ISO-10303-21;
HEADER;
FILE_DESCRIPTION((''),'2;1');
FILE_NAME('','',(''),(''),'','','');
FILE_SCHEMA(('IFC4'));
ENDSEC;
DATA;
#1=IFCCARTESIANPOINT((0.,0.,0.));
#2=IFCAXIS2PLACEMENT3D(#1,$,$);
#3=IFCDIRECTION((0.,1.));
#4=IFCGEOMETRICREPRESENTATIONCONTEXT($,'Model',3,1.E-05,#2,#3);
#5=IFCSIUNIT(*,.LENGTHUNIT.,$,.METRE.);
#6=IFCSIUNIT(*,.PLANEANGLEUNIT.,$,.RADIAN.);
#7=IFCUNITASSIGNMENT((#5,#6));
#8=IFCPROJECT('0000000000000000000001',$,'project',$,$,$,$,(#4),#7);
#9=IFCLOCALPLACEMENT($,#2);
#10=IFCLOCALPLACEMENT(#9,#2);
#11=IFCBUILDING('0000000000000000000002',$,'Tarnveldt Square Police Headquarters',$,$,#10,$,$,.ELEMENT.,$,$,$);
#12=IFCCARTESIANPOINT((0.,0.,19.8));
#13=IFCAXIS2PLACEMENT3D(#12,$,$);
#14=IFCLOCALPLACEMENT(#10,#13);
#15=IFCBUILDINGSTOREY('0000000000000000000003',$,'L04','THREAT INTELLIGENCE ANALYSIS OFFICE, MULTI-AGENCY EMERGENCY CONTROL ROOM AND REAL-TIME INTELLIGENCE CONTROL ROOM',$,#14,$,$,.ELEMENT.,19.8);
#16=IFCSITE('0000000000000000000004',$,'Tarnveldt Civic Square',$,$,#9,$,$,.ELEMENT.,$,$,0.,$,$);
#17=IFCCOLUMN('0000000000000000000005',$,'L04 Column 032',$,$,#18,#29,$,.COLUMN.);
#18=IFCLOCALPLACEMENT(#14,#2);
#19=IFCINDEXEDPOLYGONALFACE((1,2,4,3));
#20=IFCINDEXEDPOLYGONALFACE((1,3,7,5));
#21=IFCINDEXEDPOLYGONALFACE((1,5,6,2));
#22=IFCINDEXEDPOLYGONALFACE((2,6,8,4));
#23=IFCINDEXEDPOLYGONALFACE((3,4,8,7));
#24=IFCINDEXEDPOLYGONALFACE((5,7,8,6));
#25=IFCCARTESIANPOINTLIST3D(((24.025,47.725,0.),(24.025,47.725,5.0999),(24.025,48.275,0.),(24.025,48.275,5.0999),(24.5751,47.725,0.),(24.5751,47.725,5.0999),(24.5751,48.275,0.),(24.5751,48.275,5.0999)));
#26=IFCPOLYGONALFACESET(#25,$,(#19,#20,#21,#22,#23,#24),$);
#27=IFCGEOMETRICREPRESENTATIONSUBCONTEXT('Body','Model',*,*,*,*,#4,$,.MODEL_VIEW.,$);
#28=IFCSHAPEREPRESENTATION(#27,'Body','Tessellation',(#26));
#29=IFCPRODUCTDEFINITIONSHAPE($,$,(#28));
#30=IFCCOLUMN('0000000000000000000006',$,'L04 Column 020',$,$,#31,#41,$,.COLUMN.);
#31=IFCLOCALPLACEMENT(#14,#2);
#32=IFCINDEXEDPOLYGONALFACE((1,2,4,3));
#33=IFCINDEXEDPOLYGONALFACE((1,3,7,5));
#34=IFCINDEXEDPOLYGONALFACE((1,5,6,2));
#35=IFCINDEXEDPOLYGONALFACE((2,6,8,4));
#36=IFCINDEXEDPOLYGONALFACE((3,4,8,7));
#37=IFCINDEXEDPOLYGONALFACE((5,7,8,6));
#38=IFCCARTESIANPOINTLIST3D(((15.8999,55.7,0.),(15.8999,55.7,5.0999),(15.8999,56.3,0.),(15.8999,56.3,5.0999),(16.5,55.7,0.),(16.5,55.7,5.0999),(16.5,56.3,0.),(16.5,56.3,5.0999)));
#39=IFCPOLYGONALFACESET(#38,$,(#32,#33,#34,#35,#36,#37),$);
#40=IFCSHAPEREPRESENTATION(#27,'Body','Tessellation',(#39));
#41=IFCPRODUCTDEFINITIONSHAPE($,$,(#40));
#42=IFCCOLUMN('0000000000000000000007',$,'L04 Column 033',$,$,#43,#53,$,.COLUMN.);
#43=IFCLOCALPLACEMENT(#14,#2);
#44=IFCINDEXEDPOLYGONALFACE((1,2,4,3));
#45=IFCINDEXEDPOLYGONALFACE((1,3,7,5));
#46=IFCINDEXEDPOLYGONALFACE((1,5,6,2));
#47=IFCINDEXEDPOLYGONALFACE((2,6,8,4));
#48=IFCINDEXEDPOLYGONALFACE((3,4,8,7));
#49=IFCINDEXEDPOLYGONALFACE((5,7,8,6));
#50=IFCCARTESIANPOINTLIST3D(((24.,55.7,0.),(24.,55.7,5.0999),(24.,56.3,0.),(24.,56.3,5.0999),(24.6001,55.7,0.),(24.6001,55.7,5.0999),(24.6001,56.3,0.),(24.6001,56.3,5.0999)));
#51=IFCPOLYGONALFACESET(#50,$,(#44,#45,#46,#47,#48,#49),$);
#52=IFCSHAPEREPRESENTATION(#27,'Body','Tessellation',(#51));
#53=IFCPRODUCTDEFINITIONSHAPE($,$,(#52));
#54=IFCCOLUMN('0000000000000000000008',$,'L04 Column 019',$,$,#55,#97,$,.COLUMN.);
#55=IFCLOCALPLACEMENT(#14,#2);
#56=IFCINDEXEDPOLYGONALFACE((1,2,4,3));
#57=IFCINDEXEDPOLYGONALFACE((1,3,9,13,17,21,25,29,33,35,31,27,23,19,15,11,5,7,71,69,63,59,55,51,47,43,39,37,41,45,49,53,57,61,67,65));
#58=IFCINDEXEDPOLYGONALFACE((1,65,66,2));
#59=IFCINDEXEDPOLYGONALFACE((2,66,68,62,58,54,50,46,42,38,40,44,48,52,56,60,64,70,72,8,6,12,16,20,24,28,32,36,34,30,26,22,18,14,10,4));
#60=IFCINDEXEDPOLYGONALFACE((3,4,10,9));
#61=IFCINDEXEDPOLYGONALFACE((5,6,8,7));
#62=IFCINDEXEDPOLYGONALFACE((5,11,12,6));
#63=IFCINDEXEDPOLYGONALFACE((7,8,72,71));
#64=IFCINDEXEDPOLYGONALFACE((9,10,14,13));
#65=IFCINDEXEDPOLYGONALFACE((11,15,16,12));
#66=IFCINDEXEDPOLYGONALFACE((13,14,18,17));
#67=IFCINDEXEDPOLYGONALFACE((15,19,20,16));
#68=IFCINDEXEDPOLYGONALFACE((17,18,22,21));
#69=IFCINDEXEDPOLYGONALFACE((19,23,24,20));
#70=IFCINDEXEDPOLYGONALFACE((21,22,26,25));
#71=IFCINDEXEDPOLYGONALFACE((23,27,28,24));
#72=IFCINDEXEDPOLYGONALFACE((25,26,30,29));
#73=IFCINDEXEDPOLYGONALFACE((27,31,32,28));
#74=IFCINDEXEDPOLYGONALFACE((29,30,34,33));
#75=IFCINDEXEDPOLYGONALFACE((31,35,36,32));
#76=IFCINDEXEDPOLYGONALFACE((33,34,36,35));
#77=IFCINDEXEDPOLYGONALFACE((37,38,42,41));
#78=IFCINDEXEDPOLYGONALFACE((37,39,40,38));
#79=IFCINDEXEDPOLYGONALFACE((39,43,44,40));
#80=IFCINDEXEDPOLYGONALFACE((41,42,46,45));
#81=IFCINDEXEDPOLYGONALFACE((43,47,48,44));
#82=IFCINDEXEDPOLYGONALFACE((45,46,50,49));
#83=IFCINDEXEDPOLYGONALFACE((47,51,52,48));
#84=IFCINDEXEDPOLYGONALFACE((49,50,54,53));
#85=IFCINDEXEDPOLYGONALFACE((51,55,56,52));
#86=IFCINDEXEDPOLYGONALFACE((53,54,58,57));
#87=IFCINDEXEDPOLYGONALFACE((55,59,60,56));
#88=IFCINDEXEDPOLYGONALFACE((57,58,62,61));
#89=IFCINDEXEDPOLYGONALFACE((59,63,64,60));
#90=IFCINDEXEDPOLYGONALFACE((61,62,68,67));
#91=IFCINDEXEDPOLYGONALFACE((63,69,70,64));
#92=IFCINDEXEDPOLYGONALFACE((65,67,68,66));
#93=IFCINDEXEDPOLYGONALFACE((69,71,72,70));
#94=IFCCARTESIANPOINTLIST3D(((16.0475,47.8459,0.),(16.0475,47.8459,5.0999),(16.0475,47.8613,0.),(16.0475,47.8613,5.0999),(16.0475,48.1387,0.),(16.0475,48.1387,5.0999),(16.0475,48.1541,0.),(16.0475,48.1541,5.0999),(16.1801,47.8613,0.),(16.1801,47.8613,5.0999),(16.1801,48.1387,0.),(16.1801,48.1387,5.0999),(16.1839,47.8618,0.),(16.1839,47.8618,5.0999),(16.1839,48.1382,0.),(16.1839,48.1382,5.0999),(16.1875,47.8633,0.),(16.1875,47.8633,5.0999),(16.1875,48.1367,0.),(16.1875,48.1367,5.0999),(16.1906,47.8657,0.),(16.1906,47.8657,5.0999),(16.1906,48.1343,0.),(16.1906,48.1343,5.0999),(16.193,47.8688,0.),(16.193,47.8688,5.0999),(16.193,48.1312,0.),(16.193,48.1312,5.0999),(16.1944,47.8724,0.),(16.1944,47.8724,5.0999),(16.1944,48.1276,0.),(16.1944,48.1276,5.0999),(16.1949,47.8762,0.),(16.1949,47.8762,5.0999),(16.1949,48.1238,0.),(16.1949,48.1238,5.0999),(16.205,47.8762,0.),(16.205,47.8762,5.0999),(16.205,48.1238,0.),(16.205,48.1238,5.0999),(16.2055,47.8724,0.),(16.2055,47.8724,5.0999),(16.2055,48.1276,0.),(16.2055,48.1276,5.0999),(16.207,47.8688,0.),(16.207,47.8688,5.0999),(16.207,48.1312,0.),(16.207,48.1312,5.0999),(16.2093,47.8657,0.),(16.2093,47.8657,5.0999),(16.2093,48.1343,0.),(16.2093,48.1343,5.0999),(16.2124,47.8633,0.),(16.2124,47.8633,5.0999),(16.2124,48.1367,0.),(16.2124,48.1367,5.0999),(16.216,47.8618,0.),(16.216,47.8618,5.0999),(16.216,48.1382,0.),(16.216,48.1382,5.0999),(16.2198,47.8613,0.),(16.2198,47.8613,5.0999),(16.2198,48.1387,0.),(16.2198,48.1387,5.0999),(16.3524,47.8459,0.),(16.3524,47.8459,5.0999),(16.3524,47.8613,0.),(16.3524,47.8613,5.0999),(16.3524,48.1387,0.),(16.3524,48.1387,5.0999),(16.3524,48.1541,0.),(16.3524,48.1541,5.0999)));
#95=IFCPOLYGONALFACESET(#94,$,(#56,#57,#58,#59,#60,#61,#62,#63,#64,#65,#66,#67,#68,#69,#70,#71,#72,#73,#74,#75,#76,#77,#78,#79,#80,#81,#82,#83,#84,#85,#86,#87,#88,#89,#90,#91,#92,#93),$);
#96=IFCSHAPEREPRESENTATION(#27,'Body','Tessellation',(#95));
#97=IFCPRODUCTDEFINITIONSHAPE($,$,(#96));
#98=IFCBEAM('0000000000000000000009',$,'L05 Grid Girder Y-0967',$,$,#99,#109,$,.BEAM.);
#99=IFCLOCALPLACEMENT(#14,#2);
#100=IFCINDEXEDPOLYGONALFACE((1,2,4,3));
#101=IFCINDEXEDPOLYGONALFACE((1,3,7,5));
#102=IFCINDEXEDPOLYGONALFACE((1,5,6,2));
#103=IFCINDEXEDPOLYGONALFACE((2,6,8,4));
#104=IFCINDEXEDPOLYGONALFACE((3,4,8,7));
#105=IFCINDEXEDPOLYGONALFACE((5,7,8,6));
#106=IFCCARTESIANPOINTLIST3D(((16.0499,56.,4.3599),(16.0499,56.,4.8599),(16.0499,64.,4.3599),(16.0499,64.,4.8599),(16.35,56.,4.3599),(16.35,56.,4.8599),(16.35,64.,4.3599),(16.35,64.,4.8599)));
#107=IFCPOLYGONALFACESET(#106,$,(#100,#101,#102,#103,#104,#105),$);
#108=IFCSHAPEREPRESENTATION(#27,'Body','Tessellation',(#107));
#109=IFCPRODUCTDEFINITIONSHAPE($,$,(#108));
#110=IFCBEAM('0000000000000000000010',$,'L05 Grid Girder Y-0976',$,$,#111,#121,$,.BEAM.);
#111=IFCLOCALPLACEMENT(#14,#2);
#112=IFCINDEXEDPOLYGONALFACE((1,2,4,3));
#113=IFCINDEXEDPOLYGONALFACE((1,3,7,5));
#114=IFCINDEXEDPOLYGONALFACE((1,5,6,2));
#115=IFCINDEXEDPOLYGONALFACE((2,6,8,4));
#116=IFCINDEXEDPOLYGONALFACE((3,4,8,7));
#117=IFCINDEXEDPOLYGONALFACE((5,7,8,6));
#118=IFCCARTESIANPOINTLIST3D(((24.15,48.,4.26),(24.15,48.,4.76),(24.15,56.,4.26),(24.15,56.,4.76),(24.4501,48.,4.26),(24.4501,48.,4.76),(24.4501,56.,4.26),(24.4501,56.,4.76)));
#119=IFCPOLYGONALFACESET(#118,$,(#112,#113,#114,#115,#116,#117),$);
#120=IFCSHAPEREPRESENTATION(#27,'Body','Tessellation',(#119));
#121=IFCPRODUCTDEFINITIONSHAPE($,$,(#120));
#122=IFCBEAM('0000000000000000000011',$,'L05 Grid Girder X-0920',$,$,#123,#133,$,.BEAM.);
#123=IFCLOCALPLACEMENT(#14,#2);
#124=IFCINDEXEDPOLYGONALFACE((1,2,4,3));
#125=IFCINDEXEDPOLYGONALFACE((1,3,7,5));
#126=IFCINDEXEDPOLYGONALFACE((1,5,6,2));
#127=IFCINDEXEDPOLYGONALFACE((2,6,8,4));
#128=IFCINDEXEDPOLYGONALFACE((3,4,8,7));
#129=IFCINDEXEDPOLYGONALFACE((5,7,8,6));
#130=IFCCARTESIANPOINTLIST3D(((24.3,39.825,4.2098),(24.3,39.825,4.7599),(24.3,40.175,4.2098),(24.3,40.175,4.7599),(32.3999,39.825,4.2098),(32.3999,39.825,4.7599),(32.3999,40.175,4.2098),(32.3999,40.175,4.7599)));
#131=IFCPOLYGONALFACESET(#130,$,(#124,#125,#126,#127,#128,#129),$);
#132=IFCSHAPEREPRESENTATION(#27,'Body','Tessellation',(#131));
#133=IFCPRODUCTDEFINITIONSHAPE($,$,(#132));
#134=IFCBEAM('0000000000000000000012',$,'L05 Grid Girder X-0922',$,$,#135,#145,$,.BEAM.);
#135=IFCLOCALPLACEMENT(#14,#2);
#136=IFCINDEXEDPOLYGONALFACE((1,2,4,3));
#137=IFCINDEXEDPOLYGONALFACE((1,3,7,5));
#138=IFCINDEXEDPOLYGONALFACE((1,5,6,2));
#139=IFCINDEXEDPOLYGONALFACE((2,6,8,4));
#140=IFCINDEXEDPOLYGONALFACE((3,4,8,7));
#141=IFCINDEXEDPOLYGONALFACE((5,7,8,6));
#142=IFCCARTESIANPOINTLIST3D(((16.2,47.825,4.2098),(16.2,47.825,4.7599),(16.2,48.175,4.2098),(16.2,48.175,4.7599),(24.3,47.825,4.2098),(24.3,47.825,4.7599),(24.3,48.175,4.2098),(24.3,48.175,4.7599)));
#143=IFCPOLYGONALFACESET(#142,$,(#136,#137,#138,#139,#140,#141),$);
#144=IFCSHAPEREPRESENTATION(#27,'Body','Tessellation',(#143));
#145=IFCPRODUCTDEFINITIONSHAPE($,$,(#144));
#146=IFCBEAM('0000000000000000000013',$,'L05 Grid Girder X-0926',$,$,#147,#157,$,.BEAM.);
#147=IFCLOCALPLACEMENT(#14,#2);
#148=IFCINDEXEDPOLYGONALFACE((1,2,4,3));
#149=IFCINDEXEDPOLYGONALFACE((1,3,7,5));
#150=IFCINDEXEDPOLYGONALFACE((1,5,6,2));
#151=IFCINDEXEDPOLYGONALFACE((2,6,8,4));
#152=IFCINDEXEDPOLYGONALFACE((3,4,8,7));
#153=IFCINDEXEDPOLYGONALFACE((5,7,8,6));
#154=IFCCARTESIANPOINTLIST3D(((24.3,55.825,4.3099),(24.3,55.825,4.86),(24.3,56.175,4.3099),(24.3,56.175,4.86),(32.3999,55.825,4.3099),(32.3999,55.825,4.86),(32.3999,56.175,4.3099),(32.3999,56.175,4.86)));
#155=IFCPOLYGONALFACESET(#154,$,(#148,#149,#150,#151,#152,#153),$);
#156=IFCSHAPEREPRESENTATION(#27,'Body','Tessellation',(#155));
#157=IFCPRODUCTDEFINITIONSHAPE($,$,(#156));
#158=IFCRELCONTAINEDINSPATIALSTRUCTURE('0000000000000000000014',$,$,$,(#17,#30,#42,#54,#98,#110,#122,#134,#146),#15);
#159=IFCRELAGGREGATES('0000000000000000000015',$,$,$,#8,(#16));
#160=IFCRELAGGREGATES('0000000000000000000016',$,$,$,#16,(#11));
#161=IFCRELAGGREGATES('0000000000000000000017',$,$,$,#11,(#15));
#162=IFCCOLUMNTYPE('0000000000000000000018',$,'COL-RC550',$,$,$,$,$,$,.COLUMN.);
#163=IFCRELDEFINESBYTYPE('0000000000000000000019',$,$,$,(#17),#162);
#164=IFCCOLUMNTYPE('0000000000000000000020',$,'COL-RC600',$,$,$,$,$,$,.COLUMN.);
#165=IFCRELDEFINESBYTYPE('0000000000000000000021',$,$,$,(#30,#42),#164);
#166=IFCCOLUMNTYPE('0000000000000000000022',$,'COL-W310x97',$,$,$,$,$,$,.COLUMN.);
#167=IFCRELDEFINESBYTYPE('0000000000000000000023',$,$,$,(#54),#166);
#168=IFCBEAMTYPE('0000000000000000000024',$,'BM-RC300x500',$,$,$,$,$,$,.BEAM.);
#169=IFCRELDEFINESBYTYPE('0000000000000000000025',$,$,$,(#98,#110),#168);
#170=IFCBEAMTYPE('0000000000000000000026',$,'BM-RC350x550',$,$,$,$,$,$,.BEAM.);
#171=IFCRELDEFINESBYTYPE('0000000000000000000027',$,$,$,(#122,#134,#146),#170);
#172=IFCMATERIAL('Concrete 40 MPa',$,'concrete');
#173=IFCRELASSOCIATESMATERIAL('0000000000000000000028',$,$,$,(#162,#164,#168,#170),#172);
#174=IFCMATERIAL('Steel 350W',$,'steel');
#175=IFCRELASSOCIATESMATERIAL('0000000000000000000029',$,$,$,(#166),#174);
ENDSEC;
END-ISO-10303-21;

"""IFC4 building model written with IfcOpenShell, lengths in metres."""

from ifc_helpers import new_model, si_unit, direction, frame, origin, origin_2d, place, context, subcontext, project, spatial, rectangle, i_section, extrude, material, material_profile, profile_set, type_object, element, save


model = new_model("IFC4")

# Units and contexts
model_context = context("Model", 3, precision=1e-05, world=origin(), true_north=direction((0.0, 1.0)))
body_context = subcontext(model_context, "Body", "Model", "MODEL_VIEW")
ifc_project = project(units=[si_unit("LENGTHUNIT", "METRE"), si_unit("PLANEANGLEUNIT", "RADIAN")], contexts=[model_context])

# Site, building, storey
site_placement = place(None, origin())
site = spatial("IfcSite", under=ifc_project, at=site_placement, Name="Tarnveldt Civic Square", CompositionType="ELEMENT", RefElevation=0.0)
building_placement = place(site_placement, origin())
building = spatial("IfcBuilding", under=site, at=building_placement, Name="Tarnveldt Square Police Headquarters", CompositionType="ELEMENT")
storey_placement = place(building_placement, frame((0.0, 0.0, 19.8)))
storey = spatial("IfcBuildingStorey", under=building, at=storey_placement, Name="L04", Description="THREAT INTELLIGENCE ANALYSIS OFFICE, MULTI-AGENCY EMERGENCY CONTROL ROOM AND REAL-TIME INTELLIGENCE CONTROL ROOM", CompositionType="ELEMENT", Elevation=19.8)

# Columns
ifc_material_1 = material(Name="Concrete 40 MPa", Category="concrete")
ifc_material_profile_1 = material_profile(ifc_material_1, rectangle(XDim=0.55, YDim=0.55, at=origin_2d()), Name="RC-C550x550")
ifc_profile_set_1 = profile_set([ifc_material_profile_1], Name="Concrete 40 MPa")
column_type_1 = type_object("IfcColumnType", Name="COL-RC550", PredefinedType="COLUMN", material=ifc_profile_set_1)
column_1_placement = place(storey_placement, frame((24.3, 48.0, 0.0), z_axis=(0.0, 0.0, 1.0), x_axis=(1.0, 0.0, 0.0)))
element("IfcColumn", 1, at=column_1_placement, inside=storey, type_object=column_type_1, Name="L04 Column 032", PredefinedType="COLUMN", context=body_context, shape_type="SweptSolid", body=[
    extrude(rectangle(XDim=0.55, YDim=0.55, at=origin_2d()), origin(), (0.0, 0.0, 1.0), 5.0999),
])
ifc_material_profile_2 = material_profile(ifc_material_1, rectangle(XDim=0.6001, YDim=0.6001, at=origin_2d()), Name="RC-C600x600")
ifc_profile_set_2 = profile_set([ifc_material_profile_2], Name="Concrete 40 MPa")
column_type_2 = type_object("IfcColumnType", Name="COL-RC600", PredefinedType="COLUMN", material=ifc_profile_set_2)
for number, where, z_axis, x_axis, name in (
    (2, (16.2, 56.0, 0.0), (0.0, 0.0, 1.0), (1.0, 0.0, 0.0), "L04 Column 020"),
    (3, (24.3, 56.0, 0.0), (0.0, 0.0, 1.0), (1.0, 0.0, 0.0), "L04 Column 033"),
):
    element("IfcColumn", number, at=place(storey_placement, frame(where, z_axis=z_axis, x_axis=x_axis)), inside=storey, type_object=column_type_2, Name=name, PredefinedType="COLUMN", context=body_context, shape_type="SweptSolid", body=[
        extrude(rectangle(XDim=0.6001, YDim=0.6001, at=origin_2d()), origin(), (0.0, 0.0, 1.0), 5.0999),
    ])
ifc_material_2 = material(Name="Steel 350W", Category="steel")
ifc_material_profile_3 = material_profile(ifc_material_2, i_section(OverallWidth=0.3049, OverallDepth=0.3081, WebThickness=0.01, FlangeThickness=0.0154, FilletRadius=0.0149, at=origin_2d()), Name="W310x97")
ifc_profile_set_3 = profile_set([ifc_material_profile_3], Name="Steel 350W")
column_type_3 = type_object("IfcColumnType", Name="COL-W310x97", PredefinedType="COLUMN", material=ifc_profile_set_3)
column_2_placement = place(storey_placement, frame((16.2, 48.0, 0.0), z_axis=(0.0, 0.0, 1.0), x_axis=(1.0, 0.0, 0.0)))
element("IfcColumn", 4, at=column_2_placement, inside=storey, type_object=column_type_3, Name="L04 Column 019", PredefinedType="COLUMN", context=body_context, shape_type="SweptSolid", body=[
    extrude(i_section(OverallWidth=0.3049, OverallDepth=0.3081, WebThickness=0.01, FlangeThickness=0.0154, FilletRadius=0.0149, at=origin_2d()), origin(), (0.0, 0.0, 1.0), 5.0999),
])

# Beams
ifc_material_profile_4 = material_profile(ifc_material_1, rectangle(XDim=0.3, YDim=0.5, at=origin_2d()), Name="RC-B300x500")
ifc_profile_set_4 = profile_set([ifc_material_profile_4], Name="Concrete 40 MPa")
beam_type_1 = type_object("IfcBeamType", Name="BM-RC300x500", PredefinedType="BEAM", material=ifc_profile_set_4)
for number, where, z_axis, x_axis, name in (
    (5, (16.2, 56.0, 4.6099), (0.0, 1.0, 0.0), (-1.0, 0.0, 0.0), "L05 Grid Girder Y-0967"),
    (6, (24.3, 48.0, 4.51), (0.0, 1.0, 0.0), (-1.0, 0.0, 0.0), "L05 Grid Girder Y-0976"),
):
    element("IfcBeam", number, at=place(storey_placement, frame(where, z_axis=z_axis, x_axis=x_axis)), inside=storey, type_object=beam_type_1, Name=name, PredefinedType="BEAM", context=body_context, shape_type="SweptSolid", body=[
        extrude(rectangle(XDim=0.3, YDim=0.5, at=origin_2d()), origin(), (0.0, 0.0, 1.0), 8.0),
    ])
ifc_material_profile_5 = material_profile(ifc_material_1, rectangle(XDim=0.3501, YDim=0.55, at=origin_2d()), Name="RC-B350x550")
ifc_profile_set_5 = profile_set([ifc_material_profile_5], Name="Concrete 40 MPa")
beam_type_2 = type_object("IfcBeamType", Name="BM-RC350x550", PredefinedType="BEAM", material=ifc_profile_set_5)
beam_1_placement = place(storey_placement, frame((24.3, 40.0, 4.4849), z_axis=(1.0, 0.0, 0.0), x_axis=(0.0, 1.0, 0.0)))
element("IfcBeam", 7, at=beam_1_placement, inside=storey, type_object=beam_type_2, Name="L05 Grid Girder X-0920", PredefinedType="BEAM", context=body_context, shape_type="SweptSolid", body=[
    extrude(rectangle(XDim=0.3501, YDim=0.55, at=origin_2d()), origin(), (0.0, 0.0, 1.0), 8.0999),
])
beam_2_placement = place(storey_placement, frame((16.2, 48.0, 4.4849), z_axis=(1.0, 0.0, 0.0), x_axis=(0.0, 1.0, 0.0)))
element("IfcBeam", 8, at=beam_2_placement, inside=storey, type_object=beam_type_2, Name="L05 Grid Girder X-0922", PredefinedType="BEAM", context=body_context, shape_type="SweptSolid", body=[
    extrude(rectangle(XDim=0.3501, YDim=0.55, at=origin_2d()), origin(), (0.0, 0.0, 1.0), 8.1001),
])
beam_3_placement = place(storey_placement, frame((24.3, 56.0, 4.585), z_axis=(1.0, 0.0, 0.0), x_axis=(0.0, 1.0, 0.0)))
element("IfcBeam", 9, at=beam_3_placement, inside=storey, type_object=beam_type_2, Name="L05 Grid Girder X-0926", PredefinedType="BEAM", context=body_context, shape_type="SweptSolid", body=[
    extrude(rectangle(XDim=0.3501, YDim=0.55, at=origin_2d()), origin(), (0.0, 0.0, 1.0), 8.0999),
])

save(model, "model.ifc")
